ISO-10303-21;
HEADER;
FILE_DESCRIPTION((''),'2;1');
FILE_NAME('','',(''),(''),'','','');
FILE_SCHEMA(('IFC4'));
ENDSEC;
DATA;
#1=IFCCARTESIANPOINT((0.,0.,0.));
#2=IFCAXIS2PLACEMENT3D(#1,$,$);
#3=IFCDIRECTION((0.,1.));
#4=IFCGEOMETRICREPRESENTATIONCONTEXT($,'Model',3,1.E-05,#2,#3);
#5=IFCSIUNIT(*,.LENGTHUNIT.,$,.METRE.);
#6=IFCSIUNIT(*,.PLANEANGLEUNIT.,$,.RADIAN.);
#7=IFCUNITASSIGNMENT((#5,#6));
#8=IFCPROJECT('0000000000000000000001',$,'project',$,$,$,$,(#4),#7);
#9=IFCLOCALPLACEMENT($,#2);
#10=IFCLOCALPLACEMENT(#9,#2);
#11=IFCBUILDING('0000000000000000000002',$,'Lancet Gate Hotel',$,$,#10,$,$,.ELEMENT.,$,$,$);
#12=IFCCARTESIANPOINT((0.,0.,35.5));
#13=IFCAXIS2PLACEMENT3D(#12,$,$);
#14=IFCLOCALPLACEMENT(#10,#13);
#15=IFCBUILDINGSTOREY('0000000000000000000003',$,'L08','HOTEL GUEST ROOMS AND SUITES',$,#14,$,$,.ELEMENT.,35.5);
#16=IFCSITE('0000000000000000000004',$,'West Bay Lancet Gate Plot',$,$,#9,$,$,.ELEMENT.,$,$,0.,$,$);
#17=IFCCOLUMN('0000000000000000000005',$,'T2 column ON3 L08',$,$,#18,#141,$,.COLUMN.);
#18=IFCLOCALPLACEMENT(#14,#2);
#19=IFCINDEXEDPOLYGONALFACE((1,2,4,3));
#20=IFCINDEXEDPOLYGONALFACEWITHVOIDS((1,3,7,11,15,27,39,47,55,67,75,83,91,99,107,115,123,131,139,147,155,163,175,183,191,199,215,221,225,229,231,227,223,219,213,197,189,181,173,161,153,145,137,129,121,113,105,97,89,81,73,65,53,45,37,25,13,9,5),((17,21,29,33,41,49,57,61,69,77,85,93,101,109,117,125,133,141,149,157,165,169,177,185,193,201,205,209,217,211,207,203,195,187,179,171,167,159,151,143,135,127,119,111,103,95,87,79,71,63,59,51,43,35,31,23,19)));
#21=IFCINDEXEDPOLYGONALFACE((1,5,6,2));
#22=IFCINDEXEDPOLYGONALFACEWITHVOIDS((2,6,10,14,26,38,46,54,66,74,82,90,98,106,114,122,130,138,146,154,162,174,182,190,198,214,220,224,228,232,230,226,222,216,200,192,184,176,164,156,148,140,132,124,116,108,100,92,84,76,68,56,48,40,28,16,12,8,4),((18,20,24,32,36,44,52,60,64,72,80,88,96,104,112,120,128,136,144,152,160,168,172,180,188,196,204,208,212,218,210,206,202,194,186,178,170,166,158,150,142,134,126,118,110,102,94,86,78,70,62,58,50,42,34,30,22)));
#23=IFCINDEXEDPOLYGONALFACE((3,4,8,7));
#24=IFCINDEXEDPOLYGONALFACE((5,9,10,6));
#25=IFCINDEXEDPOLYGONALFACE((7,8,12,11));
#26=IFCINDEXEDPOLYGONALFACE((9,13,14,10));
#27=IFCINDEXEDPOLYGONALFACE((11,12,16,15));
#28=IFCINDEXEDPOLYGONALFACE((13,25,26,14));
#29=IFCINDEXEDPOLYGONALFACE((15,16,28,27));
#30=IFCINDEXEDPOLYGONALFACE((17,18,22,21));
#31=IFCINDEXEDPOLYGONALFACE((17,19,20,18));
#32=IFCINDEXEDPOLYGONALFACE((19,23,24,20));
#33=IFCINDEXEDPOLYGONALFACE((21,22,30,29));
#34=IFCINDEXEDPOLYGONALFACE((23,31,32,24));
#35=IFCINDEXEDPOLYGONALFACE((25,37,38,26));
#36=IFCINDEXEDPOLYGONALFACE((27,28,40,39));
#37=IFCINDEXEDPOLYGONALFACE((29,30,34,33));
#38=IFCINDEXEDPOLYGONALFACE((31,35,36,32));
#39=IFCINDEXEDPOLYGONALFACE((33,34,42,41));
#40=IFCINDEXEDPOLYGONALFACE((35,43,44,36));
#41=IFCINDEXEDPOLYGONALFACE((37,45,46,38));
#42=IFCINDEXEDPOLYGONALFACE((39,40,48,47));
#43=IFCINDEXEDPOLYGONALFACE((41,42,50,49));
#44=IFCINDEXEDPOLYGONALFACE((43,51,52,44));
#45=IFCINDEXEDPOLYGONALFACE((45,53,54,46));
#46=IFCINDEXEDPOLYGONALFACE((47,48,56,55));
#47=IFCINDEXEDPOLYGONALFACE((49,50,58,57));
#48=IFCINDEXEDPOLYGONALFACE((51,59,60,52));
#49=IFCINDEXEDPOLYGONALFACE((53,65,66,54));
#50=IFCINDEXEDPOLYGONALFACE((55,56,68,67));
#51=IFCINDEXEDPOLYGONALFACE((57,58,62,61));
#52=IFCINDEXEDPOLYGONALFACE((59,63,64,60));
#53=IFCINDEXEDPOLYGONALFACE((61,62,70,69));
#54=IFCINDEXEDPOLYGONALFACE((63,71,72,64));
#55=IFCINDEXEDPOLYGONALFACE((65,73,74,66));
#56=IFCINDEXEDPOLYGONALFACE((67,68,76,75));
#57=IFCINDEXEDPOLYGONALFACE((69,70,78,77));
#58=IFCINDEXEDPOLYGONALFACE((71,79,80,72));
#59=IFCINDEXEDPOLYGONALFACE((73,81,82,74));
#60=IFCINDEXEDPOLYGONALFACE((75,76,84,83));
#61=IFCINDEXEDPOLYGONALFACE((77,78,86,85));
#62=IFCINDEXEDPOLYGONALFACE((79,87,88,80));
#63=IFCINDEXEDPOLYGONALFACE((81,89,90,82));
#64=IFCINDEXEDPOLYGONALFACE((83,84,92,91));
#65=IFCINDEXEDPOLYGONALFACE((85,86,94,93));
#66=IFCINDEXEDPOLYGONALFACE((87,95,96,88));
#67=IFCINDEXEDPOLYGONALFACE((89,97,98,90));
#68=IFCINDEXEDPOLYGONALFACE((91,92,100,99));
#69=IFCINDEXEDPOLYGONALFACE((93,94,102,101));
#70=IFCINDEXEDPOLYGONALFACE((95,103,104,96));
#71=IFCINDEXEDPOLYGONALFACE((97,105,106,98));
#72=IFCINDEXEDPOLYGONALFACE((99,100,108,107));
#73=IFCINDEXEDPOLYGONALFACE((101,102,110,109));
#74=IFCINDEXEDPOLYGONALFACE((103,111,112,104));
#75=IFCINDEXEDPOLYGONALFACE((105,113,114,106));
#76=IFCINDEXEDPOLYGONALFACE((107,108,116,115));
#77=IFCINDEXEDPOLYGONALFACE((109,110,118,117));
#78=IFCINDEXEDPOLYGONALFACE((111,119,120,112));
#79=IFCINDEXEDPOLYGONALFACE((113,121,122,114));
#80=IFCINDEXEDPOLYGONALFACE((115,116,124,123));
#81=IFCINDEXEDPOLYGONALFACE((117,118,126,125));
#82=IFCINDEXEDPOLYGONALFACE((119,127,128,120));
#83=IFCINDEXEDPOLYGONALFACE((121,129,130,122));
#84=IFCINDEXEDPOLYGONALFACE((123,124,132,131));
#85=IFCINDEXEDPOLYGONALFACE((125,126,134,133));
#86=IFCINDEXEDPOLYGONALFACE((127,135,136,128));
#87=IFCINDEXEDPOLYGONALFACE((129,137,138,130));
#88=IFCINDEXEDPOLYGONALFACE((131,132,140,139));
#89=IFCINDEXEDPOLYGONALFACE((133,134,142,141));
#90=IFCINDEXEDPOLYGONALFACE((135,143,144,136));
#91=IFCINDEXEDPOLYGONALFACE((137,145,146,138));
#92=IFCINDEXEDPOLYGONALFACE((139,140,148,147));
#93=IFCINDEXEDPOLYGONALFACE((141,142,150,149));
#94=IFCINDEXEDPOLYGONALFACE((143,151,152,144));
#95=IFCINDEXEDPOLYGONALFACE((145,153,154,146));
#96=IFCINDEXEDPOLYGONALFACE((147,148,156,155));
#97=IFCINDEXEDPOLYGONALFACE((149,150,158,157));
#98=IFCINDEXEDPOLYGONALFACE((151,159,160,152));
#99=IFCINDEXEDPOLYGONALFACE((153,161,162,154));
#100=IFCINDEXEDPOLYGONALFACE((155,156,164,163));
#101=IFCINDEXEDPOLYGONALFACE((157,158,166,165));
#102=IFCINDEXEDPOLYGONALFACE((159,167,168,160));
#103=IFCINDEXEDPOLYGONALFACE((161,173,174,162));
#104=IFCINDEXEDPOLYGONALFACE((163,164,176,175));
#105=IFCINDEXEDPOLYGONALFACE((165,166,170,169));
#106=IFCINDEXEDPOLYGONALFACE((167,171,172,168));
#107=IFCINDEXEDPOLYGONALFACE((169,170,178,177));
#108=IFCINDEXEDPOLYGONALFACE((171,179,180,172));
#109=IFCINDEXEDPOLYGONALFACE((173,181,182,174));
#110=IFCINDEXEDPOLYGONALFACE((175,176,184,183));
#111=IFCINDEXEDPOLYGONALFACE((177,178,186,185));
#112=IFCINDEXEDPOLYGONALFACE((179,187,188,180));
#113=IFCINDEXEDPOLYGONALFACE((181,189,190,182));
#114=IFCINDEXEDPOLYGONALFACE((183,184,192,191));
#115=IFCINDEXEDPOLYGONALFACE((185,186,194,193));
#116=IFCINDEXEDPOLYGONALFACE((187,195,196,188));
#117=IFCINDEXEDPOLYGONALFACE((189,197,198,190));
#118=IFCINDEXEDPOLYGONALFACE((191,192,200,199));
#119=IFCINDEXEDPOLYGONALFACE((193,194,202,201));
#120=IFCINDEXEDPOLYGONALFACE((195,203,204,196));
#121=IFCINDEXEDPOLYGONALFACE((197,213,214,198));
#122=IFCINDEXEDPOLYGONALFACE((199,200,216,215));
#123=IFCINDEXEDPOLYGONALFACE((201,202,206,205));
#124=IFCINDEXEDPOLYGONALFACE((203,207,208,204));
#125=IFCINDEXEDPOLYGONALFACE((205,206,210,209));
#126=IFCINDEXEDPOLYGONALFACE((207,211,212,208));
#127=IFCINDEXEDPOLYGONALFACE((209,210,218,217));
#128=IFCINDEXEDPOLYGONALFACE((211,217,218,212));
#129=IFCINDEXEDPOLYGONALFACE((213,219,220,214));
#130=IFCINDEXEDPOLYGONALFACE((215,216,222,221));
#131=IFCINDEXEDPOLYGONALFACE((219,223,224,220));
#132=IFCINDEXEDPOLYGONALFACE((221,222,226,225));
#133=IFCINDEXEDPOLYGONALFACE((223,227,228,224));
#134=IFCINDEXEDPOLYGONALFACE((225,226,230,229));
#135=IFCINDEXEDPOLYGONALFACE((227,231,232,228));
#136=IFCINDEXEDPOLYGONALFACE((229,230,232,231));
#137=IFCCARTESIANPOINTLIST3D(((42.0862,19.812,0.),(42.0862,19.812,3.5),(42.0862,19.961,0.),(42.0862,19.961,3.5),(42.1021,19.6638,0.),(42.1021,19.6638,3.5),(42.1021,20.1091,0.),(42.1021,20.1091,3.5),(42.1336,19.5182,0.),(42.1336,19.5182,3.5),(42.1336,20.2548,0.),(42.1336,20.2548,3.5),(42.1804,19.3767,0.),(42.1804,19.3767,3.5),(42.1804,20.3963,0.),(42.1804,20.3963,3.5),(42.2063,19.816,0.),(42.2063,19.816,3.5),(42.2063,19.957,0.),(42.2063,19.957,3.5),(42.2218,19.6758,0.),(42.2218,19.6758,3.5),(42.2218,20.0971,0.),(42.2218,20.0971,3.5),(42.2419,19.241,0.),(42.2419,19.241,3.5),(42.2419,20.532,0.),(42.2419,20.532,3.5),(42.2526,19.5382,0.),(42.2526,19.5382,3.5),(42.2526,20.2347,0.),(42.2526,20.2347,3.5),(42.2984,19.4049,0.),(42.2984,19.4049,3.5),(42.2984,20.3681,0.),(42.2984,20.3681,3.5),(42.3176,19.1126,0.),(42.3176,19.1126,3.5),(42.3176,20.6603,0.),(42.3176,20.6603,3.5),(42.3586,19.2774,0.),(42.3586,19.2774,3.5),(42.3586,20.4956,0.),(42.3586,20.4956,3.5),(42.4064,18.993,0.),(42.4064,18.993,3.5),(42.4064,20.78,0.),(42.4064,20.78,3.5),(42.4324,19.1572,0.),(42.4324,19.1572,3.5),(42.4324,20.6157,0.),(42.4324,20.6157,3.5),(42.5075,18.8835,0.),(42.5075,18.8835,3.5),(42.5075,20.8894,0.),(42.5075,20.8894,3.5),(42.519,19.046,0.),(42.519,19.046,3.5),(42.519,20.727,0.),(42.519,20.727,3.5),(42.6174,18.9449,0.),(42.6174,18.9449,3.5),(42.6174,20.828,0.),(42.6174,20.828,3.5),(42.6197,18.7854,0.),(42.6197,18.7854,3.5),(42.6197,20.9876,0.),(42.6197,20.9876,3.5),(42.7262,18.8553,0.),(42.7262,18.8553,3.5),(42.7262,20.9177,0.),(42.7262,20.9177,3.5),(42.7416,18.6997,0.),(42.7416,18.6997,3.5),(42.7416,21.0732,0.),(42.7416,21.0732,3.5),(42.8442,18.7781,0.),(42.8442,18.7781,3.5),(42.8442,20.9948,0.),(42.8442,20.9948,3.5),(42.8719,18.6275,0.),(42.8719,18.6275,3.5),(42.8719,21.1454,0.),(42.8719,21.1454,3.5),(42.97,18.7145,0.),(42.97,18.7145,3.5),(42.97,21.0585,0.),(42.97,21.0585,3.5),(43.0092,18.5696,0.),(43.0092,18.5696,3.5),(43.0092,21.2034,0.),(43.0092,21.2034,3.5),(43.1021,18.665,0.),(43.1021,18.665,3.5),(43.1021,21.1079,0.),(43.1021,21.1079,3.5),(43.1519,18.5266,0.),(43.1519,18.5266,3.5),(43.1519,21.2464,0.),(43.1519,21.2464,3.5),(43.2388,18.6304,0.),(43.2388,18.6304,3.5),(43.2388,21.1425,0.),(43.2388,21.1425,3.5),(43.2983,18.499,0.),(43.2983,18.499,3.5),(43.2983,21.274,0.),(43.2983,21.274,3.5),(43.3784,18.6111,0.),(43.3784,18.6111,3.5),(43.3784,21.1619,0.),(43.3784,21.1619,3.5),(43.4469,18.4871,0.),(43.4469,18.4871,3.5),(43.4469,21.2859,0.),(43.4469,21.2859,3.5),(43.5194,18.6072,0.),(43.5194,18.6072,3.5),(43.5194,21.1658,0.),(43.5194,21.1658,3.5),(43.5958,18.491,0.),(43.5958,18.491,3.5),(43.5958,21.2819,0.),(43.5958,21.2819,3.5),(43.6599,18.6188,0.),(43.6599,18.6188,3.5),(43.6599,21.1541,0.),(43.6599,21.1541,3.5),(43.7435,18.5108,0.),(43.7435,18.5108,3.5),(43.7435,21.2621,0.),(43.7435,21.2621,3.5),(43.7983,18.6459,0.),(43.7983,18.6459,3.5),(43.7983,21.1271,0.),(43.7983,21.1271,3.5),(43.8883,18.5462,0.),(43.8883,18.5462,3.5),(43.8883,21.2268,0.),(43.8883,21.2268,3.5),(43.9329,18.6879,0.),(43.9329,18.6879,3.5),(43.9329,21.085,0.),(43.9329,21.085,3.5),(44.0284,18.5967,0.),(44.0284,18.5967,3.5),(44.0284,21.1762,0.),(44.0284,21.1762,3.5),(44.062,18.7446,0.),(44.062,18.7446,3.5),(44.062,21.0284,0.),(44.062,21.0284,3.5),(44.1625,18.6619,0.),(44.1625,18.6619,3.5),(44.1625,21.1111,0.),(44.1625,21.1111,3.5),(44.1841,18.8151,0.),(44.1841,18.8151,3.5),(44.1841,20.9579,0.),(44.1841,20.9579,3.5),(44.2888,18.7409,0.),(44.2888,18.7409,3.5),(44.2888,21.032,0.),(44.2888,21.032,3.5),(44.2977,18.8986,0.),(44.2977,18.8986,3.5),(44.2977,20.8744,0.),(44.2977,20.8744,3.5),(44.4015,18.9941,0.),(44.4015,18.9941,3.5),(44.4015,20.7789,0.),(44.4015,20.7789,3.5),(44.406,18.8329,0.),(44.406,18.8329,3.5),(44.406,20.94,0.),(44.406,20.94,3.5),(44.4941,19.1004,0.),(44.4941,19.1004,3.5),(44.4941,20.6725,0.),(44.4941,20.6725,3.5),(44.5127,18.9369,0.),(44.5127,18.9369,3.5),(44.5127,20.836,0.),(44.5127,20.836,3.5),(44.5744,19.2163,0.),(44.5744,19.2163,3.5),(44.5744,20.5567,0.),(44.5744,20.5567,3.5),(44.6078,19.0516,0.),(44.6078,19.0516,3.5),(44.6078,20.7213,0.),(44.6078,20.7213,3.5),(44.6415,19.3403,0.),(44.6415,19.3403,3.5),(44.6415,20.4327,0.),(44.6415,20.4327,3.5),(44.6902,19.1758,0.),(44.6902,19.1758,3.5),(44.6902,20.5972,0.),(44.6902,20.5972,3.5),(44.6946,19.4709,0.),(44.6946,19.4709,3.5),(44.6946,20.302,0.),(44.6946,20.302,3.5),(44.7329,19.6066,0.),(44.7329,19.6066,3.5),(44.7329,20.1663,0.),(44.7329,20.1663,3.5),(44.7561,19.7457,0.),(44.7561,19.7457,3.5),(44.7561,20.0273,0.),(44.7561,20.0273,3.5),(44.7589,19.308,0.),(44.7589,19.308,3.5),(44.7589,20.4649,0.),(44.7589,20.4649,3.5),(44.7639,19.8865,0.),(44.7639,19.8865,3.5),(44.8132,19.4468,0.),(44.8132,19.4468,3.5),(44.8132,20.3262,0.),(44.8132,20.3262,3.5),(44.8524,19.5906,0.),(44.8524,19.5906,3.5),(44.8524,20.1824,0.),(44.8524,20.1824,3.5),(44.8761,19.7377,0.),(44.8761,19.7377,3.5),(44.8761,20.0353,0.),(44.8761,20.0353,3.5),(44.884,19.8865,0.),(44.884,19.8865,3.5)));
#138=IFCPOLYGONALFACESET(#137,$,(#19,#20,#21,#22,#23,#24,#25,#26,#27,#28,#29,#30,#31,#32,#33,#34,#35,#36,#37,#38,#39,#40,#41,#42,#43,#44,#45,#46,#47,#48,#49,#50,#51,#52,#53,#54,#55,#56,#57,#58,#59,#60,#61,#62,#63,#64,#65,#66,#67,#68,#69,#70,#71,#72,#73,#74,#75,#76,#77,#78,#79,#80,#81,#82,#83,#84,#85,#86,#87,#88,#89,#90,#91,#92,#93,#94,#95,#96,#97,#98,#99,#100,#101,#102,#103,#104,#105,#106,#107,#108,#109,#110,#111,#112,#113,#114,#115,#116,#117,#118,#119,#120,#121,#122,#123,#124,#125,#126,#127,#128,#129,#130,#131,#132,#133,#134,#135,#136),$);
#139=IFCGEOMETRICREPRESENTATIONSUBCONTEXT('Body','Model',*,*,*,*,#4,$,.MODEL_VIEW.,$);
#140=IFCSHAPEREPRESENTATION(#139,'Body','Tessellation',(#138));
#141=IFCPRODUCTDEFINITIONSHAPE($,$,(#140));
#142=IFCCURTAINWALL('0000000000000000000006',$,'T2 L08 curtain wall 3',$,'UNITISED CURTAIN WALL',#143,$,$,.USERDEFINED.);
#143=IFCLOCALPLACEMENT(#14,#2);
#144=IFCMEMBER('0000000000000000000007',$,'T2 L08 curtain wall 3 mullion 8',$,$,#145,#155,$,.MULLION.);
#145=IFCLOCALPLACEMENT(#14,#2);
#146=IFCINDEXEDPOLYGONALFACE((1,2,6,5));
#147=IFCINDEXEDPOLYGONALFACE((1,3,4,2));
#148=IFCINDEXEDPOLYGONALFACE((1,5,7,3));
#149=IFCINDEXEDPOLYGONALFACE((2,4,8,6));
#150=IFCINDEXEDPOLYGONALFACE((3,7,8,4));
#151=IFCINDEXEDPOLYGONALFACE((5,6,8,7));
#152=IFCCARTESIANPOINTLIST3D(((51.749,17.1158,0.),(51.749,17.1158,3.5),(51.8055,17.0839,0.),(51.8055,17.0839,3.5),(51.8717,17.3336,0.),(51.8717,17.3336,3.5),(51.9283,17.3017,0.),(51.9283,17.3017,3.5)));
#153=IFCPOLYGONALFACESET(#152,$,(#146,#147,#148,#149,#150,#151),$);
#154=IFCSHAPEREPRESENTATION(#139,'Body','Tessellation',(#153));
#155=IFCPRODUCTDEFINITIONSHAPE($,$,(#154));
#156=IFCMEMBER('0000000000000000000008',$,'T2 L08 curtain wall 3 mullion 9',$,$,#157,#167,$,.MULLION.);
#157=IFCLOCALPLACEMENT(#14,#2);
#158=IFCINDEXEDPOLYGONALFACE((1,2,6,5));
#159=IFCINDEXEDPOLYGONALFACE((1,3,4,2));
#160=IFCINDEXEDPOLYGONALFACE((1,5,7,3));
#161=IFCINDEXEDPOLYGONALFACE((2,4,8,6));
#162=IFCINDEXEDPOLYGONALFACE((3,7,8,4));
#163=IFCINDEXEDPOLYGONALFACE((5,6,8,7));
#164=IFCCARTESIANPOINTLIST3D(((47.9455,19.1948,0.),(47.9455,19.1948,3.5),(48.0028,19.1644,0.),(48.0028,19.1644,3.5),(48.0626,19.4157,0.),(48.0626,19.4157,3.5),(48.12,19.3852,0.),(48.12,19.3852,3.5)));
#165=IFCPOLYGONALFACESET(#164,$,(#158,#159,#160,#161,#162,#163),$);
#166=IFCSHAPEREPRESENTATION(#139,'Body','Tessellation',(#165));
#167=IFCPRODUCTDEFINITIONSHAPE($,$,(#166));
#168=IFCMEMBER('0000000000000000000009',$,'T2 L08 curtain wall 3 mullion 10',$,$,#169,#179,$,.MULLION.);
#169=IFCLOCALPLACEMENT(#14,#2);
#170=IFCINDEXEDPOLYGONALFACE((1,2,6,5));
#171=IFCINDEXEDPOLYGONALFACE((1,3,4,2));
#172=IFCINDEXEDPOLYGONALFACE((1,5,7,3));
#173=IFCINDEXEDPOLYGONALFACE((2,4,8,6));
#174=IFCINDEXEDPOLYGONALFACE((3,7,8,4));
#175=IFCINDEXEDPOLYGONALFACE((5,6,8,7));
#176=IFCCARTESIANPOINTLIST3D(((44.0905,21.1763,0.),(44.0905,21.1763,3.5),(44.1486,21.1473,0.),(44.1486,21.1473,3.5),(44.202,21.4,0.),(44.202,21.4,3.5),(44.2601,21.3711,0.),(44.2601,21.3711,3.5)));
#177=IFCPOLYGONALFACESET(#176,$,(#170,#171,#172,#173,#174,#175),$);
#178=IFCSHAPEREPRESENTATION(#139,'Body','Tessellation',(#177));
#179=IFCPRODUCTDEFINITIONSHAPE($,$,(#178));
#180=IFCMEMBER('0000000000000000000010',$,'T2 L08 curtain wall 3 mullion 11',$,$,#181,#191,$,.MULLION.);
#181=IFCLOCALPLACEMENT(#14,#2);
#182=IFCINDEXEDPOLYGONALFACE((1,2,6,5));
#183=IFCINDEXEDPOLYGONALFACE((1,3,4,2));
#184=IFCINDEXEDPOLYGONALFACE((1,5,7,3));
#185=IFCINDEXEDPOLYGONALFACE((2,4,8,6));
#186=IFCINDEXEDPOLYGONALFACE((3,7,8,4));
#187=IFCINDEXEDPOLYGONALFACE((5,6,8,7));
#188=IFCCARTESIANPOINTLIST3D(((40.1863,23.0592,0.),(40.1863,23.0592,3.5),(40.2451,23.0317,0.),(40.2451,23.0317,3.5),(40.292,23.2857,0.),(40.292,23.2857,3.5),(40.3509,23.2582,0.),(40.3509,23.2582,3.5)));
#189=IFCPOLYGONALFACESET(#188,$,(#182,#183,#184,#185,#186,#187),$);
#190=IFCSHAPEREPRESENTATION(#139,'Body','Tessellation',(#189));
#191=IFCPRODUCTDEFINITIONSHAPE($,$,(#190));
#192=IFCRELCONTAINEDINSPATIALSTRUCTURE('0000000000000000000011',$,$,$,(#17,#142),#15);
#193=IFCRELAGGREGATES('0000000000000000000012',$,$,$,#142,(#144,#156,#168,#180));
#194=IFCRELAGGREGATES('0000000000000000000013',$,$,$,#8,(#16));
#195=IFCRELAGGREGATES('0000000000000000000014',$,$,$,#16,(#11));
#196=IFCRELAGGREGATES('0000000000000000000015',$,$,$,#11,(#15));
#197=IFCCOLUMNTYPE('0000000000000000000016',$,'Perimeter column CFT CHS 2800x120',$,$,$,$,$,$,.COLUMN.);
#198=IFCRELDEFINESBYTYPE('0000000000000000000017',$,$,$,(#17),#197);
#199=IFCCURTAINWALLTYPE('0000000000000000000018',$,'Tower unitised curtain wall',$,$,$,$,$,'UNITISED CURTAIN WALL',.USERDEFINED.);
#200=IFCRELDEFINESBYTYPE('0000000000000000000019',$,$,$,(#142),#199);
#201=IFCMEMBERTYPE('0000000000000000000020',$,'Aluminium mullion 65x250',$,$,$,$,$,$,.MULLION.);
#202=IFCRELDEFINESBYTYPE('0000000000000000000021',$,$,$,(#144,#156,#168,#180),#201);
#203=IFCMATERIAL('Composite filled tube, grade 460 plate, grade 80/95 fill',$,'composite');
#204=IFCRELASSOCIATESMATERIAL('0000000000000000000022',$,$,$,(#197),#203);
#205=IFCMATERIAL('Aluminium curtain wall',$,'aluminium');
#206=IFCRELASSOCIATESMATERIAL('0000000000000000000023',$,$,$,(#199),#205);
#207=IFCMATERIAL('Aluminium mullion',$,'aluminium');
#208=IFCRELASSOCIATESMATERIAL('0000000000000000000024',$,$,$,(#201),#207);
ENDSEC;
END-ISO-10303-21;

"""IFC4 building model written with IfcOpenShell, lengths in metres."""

from ifc_helpers import new_model, si_unit, direction, frame, origin, origin_2d, place, context, subcontext, project, spatial, rectangle, hollow_circle, extrude, material, material_profile, profile_set, type_object, element, aggregate, save


model = new_model("IFC4")

# Units and contexts
model_context = context("Model", 3, precision=1e-05, world=origin(), true_north=direction((0.0, 1.0)))
body_context = subcontext(model_context, "Body", "Model", "MODEL_VIEW")
ifc_project = project(units=[si_unit("LENGTHUNIT", "METRE"), si_unit("PLANEANGLEUNIT", "RADIAN")], contexts=[model_context])

# Site, building, storey
site_placement = place(None, origin())
site = spatial("IfcSite", under=ifc_project, at=site_placement, Name="West Bay Lancet Gate Plot", CompositionType="ELEMENT", RefElevation=0.0)
building_placement = place(site_placement, origin())
building = spatial("IfcBuilding", under=site, at=building_placement, Name="Lancet Gate Hotel", CompositionType="ELEMENT")
storey_placement = place(building_placement, frame((0.0, 0.0, 35.5)))
storey = spatial("IfcBuildingStorey", under=building, at=storey_placement, Name="L08", Description="HOTEL GUEST ROOMS AND SUITES", CompositionType="ELEMENT", Elevation=35.5)

# Column
ifc_material_1 = material(Name="Composite filled tube, grade 460 plate, grade 80/95 fill", Category="composite")
ifc_material_profile_1 = material_profile(ifc_material_1, hollow_circle(Radius=1.3999, WallThickness=0.1201, at=origin_2d()), Name="CHS 2800x120")
ifc_profile_set_1 = profile_set([ifc_material_profile_1], Name="Composite filled tube, grade 460 plate, grade 80/95 fill")
column_type = type_object("IfcColumnType", Name="Perimeter column CFT CHS 2800x120", PredefinedType="COLUMN", material=ifc_profile_set_1)
for number, where, z_axis, x_axis, name in (
    (1, (43.4841, 19.8865, 0.0), (0.0, 0.0, 1.0), (1.0, 0.0, 0.0), "T2 column ON3 L08"),
):
    element("IfcColumn", number, at=place(storey_placement, frame(where, z_axis=z_axis, x_axis=x_axis)), inside=storey, type_object=column_type, Name=name, PredefinedType="COLUMN", context=body_context, shape_type="SweptSolid", body=[
        extrude(hollow_circle(Radius=1.3999, WallThickness=0.1201, at=origin_2d()), origin(), (0.0, 0.0, 1.0), 3.5),
    ])

# Curtain wall, members
ifc_material_2 = material(Name="Aluminium curtain wall", Category="aluminium")
curtain_wall_type = type_object("IfcCurtainWallType", Name="Tower unitised curtain wall", ElementType="UNITISED CURTAIN WALL", PredefinedType="USERDEFINED", material=ifc_material_2)
curtain_wall_placement = place(storey_placement, origin())
curtain_wall = element("IfcCurtainWall", 2, at=curtain_wall_placement, inside=storey, type_object=curtain_wall_type, Name="T2 L08 curtain wall 3", ObjectType="UNITISED CURTAIN WALL", PredefinedType="USERDEFINED")
ifc_material_3 = material(Name="Aluminium mullion", Category="aluminium")
ifc_material_profile_2 = material_profile(ifc_material_3, rectangle(XDim=0.0649, YDim=0.25, at=origin_2d()), Name="MULLION 65x250")
ifc_profile_set_2 = profile_set([ifc_material_profile_2], Name="Aluminium mullion")
member_type_1 = type_object("IfcMemberType", Name="Aluminium mullion 65x250", PredefinedType="MULLION", material=ifc_profile_set_2)
member_1_placement = place(storey_placement, frame((51.8386, 17.2087, 0.0), z_axis=(0.0, 0.0, 1.0), x_axis=(-0.87119, 0.490945, 0.0)))
member_1 = element("IfcMember", 3, at=member_1_placement, type_object=member_type_1, Name="T2 L08 curtain wall 3 mullion 8", PredefinedType="MULLION", context=body_context, shape_type="SweptSolid", body=[
    extrude(rectangle(XDim=0.0649, YDim=0.25, at=origin_2d()), origin(), (0.0, 0.0, 1.0), 3.5),
])
member_2_placement = place(storey_placement, frame((48.0327, 19.29, 0.0), z_axis=(0.0, 0.0, 1.0), x_axis=(-0.883403, 0.468613, 0.0)))
member_2 = element("IfcMember", 4, at=member_2_placement, type_object=member_type_1, Name="T2 L08 curtain wall 3 mullion 9", PredefinedType="MULLION", context=body_context, shape_type="SweptSolid", body=[
    extrude(rectangle(XDim=0.0649, YDim=0.25, at=origin_2d()), origin(), (0.0, 0.0, 1.0), 3.5),
])
member_3_placement = place(storey_placement, frame((44.1753, 21.2737, 0.0), z_axis=(0.0, 0.0, 1.0), x_axis=(-0.895044, 0.445978, 0.0)))
member_3 = element("IfcMember", 5, at=member_3_placement, type_object=member_type_1, Name="T2 L08 curtain wall 3 mullion 10", PredefinedType="MULLION", context=body_context, shape_type="SweptSolid", body=[
    extrude(rectangle(XDim=0.0649, YDim=0.25, at=origin_2d()), origin(), (0.0, 0.0, 1.0), 3.5),
])
member_4_placement = place(storey_placement, frame((40.2686, 23.1587, 0.0), z_axis=(0.0, 0.0, 1.0), x_axis=(-0.906105, 0.423053, 0.0)))
member_4 = element("IfcMember", 6, at=member_4_placement, type_object=member_type_1, Name="T2 L08 curtain wall 3 mullion 11", PredefinedType="MULLION", context=body_context, shape_type="SweptSolid", body=[
    extrude(rectangle(XDim=0.0649, YDim=0.25, at=origin_2d()), origin(), (0.0, 0.0, 1.0), 3.5),
])

aggregate(curtain_wall, [member_1, member_2, member_3, member_4])

save(model, "model.ifc")
